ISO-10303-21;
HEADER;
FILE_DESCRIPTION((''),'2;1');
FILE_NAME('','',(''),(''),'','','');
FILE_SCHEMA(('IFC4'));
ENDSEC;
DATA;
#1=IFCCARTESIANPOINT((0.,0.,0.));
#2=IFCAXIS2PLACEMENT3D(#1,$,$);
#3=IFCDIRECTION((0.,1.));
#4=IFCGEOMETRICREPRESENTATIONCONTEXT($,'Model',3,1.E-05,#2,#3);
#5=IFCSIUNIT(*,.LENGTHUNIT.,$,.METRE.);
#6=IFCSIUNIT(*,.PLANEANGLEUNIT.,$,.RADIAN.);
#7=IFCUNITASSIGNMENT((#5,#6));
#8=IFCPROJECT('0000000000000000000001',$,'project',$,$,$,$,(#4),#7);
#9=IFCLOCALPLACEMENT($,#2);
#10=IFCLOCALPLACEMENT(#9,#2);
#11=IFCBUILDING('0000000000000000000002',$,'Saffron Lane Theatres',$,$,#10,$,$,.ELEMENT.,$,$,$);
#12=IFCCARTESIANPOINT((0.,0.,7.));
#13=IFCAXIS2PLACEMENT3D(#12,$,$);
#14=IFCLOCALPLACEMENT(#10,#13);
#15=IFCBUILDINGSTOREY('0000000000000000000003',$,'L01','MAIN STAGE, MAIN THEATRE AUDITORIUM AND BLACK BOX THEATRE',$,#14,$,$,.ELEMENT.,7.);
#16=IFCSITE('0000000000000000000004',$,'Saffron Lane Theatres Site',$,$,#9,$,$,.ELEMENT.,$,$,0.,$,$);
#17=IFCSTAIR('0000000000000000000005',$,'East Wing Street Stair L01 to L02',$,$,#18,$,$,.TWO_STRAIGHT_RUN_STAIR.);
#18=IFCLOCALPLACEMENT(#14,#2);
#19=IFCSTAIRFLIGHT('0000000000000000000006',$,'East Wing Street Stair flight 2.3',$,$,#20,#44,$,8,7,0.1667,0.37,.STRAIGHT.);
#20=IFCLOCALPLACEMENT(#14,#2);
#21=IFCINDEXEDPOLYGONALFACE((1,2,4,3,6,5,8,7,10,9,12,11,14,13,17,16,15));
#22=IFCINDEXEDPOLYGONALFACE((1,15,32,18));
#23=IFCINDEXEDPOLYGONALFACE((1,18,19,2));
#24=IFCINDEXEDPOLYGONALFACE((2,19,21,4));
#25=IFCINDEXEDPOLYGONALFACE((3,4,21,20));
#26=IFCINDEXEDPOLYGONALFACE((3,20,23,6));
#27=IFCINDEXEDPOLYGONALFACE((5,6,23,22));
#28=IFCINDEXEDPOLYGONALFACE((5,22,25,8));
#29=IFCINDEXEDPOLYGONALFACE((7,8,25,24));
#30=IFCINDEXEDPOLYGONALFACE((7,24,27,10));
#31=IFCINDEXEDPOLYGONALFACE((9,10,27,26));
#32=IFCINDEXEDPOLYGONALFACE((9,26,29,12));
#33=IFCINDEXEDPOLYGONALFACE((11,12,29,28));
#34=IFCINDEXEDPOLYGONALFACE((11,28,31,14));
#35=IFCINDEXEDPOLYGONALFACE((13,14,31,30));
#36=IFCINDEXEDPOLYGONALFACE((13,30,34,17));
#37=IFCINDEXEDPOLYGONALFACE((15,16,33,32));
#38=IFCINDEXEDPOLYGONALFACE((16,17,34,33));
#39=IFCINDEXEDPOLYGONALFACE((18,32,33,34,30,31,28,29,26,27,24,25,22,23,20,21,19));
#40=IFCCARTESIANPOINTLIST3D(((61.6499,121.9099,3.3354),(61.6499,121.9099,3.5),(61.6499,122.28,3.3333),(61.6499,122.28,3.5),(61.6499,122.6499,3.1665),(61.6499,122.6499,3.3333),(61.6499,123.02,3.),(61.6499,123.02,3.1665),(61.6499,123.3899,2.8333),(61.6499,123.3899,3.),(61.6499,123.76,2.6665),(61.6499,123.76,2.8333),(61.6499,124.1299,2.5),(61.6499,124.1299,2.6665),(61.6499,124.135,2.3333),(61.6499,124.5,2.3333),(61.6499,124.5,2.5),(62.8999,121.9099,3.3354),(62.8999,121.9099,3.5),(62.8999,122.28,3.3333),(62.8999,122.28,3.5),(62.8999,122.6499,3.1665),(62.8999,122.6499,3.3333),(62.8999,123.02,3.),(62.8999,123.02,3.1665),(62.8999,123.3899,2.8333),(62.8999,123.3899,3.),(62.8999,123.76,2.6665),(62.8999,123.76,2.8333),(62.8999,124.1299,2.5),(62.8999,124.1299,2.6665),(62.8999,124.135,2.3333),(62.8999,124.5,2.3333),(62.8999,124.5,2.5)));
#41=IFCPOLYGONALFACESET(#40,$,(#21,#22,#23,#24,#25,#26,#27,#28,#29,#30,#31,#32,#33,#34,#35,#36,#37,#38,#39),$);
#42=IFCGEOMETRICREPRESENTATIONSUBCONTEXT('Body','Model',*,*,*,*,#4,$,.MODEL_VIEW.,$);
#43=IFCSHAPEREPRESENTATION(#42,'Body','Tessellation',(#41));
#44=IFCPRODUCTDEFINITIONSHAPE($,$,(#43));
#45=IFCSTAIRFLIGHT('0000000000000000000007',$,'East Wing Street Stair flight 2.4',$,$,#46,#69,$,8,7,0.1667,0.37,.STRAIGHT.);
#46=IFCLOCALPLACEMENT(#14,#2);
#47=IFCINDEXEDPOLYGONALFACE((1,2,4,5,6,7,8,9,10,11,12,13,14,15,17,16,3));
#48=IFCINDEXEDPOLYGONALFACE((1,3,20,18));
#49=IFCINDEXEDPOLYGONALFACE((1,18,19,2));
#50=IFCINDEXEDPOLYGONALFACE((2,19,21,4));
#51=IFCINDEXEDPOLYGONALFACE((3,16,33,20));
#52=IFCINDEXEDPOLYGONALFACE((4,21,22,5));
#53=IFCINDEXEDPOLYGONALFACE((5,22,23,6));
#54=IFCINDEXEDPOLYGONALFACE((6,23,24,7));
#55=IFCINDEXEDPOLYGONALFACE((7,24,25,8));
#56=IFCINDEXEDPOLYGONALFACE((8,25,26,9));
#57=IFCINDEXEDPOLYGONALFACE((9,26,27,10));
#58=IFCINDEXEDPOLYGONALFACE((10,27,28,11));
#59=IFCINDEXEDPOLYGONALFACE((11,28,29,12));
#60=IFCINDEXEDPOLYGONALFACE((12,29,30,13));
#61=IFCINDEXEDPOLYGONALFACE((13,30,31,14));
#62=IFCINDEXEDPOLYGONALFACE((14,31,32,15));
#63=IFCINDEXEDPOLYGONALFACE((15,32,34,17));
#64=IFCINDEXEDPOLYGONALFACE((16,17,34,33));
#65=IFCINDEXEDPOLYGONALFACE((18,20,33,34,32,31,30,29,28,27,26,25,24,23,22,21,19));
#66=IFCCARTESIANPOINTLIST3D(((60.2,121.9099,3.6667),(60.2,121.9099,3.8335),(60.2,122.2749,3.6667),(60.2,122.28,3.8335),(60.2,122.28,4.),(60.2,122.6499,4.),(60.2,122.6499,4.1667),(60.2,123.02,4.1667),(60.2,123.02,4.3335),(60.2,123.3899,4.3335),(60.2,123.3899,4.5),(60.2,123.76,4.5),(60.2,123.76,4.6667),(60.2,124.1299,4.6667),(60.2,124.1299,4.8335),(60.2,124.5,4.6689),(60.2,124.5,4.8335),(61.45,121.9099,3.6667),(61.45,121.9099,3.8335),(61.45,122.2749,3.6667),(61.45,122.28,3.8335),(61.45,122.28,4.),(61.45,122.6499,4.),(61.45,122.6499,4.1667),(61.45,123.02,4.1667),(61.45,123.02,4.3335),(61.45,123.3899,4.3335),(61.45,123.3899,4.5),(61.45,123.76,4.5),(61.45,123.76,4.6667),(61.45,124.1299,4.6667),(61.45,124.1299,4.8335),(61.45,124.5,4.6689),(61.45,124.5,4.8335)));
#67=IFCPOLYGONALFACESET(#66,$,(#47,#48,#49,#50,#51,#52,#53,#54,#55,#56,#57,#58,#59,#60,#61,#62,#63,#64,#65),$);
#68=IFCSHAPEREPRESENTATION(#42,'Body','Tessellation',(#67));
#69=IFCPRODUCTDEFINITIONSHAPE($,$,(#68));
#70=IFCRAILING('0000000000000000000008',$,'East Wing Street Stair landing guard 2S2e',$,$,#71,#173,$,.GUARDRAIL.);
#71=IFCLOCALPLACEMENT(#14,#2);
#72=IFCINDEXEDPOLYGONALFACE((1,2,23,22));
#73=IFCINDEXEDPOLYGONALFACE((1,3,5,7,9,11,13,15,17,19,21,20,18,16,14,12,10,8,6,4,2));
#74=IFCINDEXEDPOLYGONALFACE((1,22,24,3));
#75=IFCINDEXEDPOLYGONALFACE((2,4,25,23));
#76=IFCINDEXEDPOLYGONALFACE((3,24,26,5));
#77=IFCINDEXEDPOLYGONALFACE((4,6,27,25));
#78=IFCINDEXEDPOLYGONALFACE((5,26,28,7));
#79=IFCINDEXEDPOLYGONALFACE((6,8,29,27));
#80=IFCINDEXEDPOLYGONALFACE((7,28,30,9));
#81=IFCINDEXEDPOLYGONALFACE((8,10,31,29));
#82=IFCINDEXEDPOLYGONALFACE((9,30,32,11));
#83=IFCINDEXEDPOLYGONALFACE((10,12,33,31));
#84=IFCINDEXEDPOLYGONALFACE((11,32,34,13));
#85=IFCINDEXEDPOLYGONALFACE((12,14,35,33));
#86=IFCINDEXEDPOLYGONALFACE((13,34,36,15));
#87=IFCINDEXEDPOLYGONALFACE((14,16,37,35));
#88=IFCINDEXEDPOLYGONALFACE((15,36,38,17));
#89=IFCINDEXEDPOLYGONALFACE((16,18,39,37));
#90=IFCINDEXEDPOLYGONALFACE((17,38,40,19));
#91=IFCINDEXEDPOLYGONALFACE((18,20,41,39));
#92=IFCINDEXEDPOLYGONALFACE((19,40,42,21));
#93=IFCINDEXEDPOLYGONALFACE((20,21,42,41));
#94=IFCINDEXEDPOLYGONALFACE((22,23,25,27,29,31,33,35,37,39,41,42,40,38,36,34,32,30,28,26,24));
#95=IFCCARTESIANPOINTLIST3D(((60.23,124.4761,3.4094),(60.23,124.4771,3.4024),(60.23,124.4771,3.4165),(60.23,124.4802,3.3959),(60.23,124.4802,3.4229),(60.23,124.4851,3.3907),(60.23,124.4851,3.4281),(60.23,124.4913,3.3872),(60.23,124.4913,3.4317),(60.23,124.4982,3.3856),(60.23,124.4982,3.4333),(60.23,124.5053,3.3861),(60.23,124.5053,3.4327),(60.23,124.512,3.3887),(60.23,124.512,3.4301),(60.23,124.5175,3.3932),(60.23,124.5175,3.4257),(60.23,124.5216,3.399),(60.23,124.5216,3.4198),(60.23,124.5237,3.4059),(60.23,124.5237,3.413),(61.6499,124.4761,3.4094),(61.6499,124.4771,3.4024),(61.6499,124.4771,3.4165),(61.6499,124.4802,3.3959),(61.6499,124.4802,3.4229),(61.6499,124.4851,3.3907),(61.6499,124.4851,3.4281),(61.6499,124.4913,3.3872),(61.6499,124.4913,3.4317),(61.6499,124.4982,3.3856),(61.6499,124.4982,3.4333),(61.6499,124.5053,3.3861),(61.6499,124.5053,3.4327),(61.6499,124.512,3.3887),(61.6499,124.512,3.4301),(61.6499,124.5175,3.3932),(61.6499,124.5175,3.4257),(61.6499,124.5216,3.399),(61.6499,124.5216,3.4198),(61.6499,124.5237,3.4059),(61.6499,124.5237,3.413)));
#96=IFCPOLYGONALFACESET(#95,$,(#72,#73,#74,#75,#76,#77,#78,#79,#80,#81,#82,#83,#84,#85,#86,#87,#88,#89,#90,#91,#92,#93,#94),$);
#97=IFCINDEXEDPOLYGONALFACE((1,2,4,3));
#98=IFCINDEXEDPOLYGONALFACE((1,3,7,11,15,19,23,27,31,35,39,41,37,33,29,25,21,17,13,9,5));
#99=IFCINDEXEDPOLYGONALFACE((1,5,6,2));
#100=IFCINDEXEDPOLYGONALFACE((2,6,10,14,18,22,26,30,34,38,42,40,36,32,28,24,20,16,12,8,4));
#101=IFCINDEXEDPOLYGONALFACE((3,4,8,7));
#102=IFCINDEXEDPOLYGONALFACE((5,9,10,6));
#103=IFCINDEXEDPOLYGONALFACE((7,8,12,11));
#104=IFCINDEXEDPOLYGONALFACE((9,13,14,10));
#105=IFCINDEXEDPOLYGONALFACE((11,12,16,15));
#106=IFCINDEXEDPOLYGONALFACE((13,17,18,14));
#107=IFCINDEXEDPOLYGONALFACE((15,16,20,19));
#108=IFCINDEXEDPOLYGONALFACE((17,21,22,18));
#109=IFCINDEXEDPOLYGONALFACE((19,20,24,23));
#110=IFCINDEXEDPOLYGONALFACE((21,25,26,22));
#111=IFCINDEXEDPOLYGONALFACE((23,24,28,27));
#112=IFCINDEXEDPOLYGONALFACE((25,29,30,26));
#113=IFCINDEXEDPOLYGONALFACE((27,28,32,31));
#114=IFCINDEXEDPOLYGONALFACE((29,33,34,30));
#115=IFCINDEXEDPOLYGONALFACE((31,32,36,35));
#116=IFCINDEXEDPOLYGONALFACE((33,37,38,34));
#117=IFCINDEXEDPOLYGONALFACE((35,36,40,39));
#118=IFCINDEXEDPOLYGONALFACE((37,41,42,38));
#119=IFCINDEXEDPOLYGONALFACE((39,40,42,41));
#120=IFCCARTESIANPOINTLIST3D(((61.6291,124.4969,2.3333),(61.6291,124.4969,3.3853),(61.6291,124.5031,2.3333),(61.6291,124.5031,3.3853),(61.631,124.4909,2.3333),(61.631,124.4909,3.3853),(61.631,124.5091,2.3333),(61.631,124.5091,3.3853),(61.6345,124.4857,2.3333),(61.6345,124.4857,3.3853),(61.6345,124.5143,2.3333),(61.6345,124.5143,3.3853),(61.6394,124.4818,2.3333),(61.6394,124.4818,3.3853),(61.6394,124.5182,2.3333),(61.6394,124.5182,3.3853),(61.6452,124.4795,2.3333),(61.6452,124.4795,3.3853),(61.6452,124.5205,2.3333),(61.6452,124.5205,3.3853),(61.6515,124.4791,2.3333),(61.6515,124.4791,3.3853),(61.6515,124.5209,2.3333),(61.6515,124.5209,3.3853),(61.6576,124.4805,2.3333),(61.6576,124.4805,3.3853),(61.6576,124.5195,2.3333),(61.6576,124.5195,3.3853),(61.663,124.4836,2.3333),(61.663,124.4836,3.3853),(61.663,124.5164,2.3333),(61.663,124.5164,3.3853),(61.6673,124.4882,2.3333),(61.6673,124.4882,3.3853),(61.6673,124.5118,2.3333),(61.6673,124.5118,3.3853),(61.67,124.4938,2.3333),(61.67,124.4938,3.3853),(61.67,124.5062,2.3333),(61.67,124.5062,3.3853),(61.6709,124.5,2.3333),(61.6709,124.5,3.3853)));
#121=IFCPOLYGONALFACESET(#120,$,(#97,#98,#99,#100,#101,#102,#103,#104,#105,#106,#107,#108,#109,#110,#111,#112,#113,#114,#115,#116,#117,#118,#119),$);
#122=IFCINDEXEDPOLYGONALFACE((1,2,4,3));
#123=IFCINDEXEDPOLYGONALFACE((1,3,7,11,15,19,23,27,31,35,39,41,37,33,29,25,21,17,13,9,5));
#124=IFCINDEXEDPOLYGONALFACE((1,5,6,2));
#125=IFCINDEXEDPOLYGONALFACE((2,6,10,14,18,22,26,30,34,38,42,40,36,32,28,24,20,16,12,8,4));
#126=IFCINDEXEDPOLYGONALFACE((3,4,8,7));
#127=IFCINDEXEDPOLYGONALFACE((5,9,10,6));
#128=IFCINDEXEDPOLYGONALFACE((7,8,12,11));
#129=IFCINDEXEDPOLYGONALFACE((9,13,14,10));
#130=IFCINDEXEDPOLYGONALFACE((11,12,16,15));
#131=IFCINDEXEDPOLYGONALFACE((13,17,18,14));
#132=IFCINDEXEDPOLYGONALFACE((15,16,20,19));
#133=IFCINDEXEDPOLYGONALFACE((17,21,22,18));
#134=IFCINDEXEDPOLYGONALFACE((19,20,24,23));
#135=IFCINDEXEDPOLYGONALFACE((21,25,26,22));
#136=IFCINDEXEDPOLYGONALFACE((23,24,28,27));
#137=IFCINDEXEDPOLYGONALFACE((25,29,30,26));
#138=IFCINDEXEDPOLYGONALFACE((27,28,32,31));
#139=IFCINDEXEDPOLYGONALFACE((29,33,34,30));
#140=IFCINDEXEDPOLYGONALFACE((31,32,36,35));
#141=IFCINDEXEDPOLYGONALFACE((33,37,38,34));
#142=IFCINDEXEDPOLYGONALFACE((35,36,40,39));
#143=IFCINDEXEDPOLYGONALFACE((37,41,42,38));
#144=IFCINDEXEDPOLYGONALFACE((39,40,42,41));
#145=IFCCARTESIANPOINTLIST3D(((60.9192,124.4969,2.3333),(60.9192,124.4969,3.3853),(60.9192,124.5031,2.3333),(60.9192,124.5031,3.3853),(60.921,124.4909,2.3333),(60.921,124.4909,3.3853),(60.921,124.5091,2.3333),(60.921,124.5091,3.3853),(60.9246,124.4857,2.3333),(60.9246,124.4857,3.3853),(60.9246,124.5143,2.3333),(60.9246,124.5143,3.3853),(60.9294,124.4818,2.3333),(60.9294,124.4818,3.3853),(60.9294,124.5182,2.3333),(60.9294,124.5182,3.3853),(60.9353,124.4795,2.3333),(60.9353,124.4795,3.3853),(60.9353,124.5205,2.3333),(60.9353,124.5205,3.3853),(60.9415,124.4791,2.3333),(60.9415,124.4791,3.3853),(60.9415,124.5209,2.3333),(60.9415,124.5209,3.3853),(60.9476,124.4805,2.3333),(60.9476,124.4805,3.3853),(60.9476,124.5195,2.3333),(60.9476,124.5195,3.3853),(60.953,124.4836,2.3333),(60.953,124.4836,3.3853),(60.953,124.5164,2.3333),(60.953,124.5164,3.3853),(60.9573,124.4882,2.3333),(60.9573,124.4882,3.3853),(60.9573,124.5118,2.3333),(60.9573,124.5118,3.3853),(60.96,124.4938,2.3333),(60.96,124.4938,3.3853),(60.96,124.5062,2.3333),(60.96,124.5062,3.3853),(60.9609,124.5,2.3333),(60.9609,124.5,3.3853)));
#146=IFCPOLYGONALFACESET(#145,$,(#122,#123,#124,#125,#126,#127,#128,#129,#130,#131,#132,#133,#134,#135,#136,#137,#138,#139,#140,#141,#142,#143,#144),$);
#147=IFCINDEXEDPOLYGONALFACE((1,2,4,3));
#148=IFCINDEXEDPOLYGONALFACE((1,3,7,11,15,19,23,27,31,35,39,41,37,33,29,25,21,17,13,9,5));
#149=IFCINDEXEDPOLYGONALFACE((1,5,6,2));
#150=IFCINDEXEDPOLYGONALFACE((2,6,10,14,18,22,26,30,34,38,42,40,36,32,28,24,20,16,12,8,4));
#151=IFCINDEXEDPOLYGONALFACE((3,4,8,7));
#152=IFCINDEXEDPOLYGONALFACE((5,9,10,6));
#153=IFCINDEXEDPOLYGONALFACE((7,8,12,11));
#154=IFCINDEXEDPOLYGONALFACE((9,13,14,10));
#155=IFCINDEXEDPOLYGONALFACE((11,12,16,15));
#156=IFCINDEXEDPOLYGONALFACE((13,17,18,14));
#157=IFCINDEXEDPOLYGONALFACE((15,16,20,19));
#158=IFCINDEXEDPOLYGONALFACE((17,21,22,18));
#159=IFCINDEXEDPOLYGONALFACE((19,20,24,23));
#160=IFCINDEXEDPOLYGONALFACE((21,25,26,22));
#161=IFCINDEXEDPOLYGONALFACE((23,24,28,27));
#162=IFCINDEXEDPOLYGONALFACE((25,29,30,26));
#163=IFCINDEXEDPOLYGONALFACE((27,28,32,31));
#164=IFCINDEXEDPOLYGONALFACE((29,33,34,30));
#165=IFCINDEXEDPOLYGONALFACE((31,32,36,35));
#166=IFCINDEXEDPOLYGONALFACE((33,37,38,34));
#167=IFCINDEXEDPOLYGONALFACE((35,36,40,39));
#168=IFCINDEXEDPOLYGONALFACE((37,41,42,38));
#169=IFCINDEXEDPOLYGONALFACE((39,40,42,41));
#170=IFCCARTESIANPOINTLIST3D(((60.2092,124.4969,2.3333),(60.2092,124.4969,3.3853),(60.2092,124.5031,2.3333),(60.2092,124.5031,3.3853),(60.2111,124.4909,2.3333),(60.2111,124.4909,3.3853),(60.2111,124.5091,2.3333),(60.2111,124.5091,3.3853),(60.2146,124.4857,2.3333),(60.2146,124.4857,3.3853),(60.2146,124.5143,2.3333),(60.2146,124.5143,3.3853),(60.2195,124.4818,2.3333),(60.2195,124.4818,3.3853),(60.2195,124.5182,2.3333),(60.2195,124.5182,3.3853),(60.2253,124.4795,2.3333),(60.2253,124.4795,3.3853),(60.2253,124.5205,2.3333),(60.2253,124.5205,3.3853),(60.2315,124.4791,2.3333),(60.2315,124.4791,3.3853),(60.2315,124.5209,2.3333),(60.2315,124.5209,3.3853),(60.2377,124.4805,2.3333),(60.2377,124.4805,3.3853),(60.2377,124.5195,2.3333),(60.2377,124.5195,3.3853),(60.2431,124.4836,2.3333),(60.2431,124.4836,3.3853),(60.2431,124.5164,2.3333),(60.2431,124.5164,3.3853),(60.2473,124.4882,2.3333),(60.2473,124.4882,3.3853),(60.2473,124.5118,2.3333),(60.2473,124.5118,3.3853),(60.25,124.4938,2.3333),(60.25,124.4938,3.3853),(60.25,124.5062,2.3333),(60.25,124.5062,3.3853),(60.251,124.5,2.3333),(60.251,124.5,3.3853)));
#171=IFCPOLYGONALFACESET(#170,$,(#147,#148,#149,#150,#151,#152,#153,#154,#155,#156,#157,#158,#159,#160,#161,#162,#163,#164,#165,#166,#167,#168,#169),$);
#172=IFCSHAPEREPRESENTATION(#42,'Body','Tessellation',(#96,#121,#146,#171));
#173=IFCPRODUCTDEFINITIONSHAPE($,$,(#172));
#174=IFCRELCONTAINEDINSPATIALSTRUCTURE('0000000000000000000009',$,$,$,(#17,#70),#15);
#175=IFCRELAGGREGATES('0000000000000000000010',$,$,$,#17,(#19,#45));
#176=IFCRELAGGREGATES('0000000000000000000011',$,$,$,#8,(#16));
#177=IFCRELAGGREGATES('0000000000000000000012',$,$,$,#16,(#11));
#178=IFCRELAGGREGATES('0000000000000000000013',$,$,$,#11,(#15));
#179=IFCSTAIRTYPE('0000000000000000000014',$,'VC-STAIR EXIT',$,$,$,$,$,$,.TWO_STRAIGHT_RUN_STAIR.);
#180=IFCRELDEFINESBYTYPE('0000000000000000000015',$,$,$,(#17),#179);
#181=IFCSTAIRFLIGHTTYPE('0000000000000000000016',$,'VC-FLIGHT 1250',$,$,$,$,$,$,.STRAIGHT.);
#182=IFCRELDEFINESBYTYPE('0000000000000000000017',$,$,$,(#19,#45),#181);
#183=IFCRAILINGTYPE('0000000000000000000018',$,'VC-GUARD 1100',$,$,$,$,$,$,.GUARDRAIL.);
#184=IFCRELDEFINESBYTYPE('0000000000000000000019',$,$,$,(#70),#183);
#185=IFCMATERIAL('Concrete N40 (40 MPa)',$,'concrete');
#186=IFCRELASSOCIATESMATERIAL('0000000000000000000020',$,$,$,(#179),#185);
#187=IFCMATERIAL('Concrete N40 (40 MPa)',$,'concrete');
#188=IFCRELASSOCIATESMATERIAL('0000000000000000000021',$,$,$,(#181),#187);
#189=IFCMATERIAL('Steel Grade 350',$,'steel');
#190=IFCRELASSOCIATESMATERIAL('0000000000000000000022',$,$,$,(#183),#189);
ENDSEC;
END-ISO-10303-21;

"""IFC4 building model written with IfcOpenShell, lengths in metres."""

from ifc_helpers import new_model, si_unit, direction, frame, origin, origin_2d, place, context, subcontext, project, spatial, polyline, circle, outline, extrude, material, type_object, element, aggregate, save


model = new_model("IFC4")

# Units and contexts
model_context = context("Model", 3, precision=1e-05, world=origin(), true_north=direction((0.0, 1.0)))
body_context = subcontext(model_context, "Body", "Model", "MODEL_VIEW")
ifc_project = project(units=[si_unit("LENGTHUNIT", "METRE"), si_unit("PLANEANGLEUNIT", "RADIAN")], contexts=[model_context])

# Site, building, storey
site_placement = place(None, origin())
site = spatial("IfcSite", under=ifc_project, at=site_placement, Name="Saffron Lane Theatres Site", CompositionType="ELEMENT", RefElevation=0.0)
building_placement = place(site_placement, origin())
building = spatial("IfcBuilding", under=site, at=building_placement, Name="Saffron Lane Theatres", CompositionType="ELEMENT")
storey_placement = place(building_placement, frame((0.0, 0.0, 7.0)))
storey = spatial("IfcBuildingStorey", under=building, at=storey_placement, Name="L01", Description="MAIN STAGE, MAIN THEATRE AUDITORIUM AND BLACK BOX THEATRE", CompositionType="ELEMENT", Elevation=7.0)

# Stair, stair flights
ifc_material_1 = material(Name="Concrete N40 (40 MPa)", Category="concrete")
stair_type = type_object("IfcStairType", Name="VC-STAIR EXIT", PredefinedType="TWO_STRAIGHT_RUN_STAIR", material=ifc_material_1)
stair_placement = place(storey_placement, origin())
stair = element("IfcStair", 1, at=stair_placement, inside=storey, type_object=stair_type, Name="East Wing Street Stair L01 to L02", PredefinedType="TWO_STRAIGHT_RUN_STAIR")
ifc_material_2 = material(Name="Concrete N40 (40 MPa)", Category="concrete")
stair_flight_type = type_object("IfcStairFlightType", Name="VC-FLIGHT 1250", PredefinedType="STRAIGHT", material=ifc_material_2)
stair_flight_1_placement = place(storey_placement, frame((62.2749, 124.5, 2.3333), z_axis=(0.0, 0.0, 1.0), x_axis=(0.0, -1.0, 0.0)))
stair_flight_1 = element("IfcStairFlight", 2, at=stair_flight_1_placement, type_object=stair_flight_type, Name="East Wing Street Stair flight 2.3", NumberOfRisers=8, NumberOfTreads=7, PredefinedType="STRAIGHT", RiserHeight=0.1667, TreadLength=0.37, context=body_context, shape_type="SweptSolid", body=[
    extrude(outline(polyline([(0.0, 0.0), (0.0, 0.1667), (0.3701, 0.1667), (0.3701, 0.3333), (0.74, 0.3333), (0.74, 0.5), (1.1101, 0.5), (1.1101, 0.6667), (1.48, 0.6667), (1.48, 0.8333), (1.8501, 0.8333), (1.8501, 1.0), (2.22, 1.0), (2.22, 1.1667), (2.5901, 1.1667), (2.5901, 1.3333), (2.5901, 1.0022), (0.365, 0.0), (0.0, 0.0)])), frame((0.0, 0.625, 0.0), z_axis=(0.0, -1.0, 0.0), x_axis=(1.0, 0.0, 0.0)), (0.0, 0.0, 1.0), 1.25),
])
stair_flight_2_placement = place(storey_placement, frame((60.825, 121.9099, 3.6667), z_axis=(0.0, 0.0, 1.0), x_axis=(0.0, 1.0, 0.0)))
stair_flight_2 = element("IfcStairFlight", 3, at=stair_flight_2_placement, type_object=stair_flight_type, Name="East Wing Street Stair flight 2.4", NumberOfRisers=8, NumberOfTreads=7, PredefinedType="STRAIGHT", RiserHeight=0.1667, TreadLength=0.37, context=body_context, shape_type="SweptSolid", body=[
    extrude(outline(polyline([(0.0, 0.0), (0.0, 0.1667), (0.3701, 0.1667), (0.3701, 0.3333), (0.74, 0.3333), (0.74, 0.5), (1.1101, 0.5), (1.1101, 0.6667), (1.48, 0.6667), (1.48, 0.8333), (1.8501, 0.8333), (1.8501, 1.0), (2.22, 1.0), (2.22, 1.1667), (2.5901, 1.1667), (2.5901, 1.3333), (2.5901, 1.0022), (0.365, 0.0), (0.0, 0.0)])), frame((0.0, 0.625, 0.0), z_axis=(0.0, -1.0, 0.0), x_axis=(1.0, 0.0, 0.0)), (0.0, 0.0, 1.0), 1.25),
])
aggregate(stair, [stair_flight_1, stair_flight_2])

# Railing
ifc_material_3 = material(Name="Steel Grade 350", Category="steel")
railing_type_1 = type_object("IfcRailingType", Name="VC-GUARD 1100", PredefinedType="GUARDRAIL", material=ifc_material_3)
railing_1_placement = place(storey_placement, frame((61.6499, 124.5, 2.3333)))
element("IfcRailing", 4, at=railing_1_placement, inside=storey, type_object=railing_type_1, Name="East Wing Street Stair landing guard 2S2e", PredefinedType="GUARDRAIL", context=body_context, shape_type="SweptSolid", body=[
    extrude(circle(Radius=0.0239, at=origin_2d()), frame((0.0, 0.0, 1.0762), z_axis=(-1.0, 0.0, 0.0), x_axis=(0.0, -1.0, 0.0)), (0.0, 0.0, 1.0), 1.4199),
    extrude(circle(Radius=0.021, at=origin_2d()), origin(), (0.0, 0.0, 1.0), 1.052),
    extrude(circle(Radius=0.021, at=origin_2d()), frame((-0.71, 0.0, 0.0)), (0.0, 0.0, 1.0), 1.052),
    extrude(circle(Radius=0.021, at=origin_2d()), frame((-1.4199, 0.0, 0.0)), (0.0, 0.0, 1.0), 1.052),
])

save(model, "model.ifc")
